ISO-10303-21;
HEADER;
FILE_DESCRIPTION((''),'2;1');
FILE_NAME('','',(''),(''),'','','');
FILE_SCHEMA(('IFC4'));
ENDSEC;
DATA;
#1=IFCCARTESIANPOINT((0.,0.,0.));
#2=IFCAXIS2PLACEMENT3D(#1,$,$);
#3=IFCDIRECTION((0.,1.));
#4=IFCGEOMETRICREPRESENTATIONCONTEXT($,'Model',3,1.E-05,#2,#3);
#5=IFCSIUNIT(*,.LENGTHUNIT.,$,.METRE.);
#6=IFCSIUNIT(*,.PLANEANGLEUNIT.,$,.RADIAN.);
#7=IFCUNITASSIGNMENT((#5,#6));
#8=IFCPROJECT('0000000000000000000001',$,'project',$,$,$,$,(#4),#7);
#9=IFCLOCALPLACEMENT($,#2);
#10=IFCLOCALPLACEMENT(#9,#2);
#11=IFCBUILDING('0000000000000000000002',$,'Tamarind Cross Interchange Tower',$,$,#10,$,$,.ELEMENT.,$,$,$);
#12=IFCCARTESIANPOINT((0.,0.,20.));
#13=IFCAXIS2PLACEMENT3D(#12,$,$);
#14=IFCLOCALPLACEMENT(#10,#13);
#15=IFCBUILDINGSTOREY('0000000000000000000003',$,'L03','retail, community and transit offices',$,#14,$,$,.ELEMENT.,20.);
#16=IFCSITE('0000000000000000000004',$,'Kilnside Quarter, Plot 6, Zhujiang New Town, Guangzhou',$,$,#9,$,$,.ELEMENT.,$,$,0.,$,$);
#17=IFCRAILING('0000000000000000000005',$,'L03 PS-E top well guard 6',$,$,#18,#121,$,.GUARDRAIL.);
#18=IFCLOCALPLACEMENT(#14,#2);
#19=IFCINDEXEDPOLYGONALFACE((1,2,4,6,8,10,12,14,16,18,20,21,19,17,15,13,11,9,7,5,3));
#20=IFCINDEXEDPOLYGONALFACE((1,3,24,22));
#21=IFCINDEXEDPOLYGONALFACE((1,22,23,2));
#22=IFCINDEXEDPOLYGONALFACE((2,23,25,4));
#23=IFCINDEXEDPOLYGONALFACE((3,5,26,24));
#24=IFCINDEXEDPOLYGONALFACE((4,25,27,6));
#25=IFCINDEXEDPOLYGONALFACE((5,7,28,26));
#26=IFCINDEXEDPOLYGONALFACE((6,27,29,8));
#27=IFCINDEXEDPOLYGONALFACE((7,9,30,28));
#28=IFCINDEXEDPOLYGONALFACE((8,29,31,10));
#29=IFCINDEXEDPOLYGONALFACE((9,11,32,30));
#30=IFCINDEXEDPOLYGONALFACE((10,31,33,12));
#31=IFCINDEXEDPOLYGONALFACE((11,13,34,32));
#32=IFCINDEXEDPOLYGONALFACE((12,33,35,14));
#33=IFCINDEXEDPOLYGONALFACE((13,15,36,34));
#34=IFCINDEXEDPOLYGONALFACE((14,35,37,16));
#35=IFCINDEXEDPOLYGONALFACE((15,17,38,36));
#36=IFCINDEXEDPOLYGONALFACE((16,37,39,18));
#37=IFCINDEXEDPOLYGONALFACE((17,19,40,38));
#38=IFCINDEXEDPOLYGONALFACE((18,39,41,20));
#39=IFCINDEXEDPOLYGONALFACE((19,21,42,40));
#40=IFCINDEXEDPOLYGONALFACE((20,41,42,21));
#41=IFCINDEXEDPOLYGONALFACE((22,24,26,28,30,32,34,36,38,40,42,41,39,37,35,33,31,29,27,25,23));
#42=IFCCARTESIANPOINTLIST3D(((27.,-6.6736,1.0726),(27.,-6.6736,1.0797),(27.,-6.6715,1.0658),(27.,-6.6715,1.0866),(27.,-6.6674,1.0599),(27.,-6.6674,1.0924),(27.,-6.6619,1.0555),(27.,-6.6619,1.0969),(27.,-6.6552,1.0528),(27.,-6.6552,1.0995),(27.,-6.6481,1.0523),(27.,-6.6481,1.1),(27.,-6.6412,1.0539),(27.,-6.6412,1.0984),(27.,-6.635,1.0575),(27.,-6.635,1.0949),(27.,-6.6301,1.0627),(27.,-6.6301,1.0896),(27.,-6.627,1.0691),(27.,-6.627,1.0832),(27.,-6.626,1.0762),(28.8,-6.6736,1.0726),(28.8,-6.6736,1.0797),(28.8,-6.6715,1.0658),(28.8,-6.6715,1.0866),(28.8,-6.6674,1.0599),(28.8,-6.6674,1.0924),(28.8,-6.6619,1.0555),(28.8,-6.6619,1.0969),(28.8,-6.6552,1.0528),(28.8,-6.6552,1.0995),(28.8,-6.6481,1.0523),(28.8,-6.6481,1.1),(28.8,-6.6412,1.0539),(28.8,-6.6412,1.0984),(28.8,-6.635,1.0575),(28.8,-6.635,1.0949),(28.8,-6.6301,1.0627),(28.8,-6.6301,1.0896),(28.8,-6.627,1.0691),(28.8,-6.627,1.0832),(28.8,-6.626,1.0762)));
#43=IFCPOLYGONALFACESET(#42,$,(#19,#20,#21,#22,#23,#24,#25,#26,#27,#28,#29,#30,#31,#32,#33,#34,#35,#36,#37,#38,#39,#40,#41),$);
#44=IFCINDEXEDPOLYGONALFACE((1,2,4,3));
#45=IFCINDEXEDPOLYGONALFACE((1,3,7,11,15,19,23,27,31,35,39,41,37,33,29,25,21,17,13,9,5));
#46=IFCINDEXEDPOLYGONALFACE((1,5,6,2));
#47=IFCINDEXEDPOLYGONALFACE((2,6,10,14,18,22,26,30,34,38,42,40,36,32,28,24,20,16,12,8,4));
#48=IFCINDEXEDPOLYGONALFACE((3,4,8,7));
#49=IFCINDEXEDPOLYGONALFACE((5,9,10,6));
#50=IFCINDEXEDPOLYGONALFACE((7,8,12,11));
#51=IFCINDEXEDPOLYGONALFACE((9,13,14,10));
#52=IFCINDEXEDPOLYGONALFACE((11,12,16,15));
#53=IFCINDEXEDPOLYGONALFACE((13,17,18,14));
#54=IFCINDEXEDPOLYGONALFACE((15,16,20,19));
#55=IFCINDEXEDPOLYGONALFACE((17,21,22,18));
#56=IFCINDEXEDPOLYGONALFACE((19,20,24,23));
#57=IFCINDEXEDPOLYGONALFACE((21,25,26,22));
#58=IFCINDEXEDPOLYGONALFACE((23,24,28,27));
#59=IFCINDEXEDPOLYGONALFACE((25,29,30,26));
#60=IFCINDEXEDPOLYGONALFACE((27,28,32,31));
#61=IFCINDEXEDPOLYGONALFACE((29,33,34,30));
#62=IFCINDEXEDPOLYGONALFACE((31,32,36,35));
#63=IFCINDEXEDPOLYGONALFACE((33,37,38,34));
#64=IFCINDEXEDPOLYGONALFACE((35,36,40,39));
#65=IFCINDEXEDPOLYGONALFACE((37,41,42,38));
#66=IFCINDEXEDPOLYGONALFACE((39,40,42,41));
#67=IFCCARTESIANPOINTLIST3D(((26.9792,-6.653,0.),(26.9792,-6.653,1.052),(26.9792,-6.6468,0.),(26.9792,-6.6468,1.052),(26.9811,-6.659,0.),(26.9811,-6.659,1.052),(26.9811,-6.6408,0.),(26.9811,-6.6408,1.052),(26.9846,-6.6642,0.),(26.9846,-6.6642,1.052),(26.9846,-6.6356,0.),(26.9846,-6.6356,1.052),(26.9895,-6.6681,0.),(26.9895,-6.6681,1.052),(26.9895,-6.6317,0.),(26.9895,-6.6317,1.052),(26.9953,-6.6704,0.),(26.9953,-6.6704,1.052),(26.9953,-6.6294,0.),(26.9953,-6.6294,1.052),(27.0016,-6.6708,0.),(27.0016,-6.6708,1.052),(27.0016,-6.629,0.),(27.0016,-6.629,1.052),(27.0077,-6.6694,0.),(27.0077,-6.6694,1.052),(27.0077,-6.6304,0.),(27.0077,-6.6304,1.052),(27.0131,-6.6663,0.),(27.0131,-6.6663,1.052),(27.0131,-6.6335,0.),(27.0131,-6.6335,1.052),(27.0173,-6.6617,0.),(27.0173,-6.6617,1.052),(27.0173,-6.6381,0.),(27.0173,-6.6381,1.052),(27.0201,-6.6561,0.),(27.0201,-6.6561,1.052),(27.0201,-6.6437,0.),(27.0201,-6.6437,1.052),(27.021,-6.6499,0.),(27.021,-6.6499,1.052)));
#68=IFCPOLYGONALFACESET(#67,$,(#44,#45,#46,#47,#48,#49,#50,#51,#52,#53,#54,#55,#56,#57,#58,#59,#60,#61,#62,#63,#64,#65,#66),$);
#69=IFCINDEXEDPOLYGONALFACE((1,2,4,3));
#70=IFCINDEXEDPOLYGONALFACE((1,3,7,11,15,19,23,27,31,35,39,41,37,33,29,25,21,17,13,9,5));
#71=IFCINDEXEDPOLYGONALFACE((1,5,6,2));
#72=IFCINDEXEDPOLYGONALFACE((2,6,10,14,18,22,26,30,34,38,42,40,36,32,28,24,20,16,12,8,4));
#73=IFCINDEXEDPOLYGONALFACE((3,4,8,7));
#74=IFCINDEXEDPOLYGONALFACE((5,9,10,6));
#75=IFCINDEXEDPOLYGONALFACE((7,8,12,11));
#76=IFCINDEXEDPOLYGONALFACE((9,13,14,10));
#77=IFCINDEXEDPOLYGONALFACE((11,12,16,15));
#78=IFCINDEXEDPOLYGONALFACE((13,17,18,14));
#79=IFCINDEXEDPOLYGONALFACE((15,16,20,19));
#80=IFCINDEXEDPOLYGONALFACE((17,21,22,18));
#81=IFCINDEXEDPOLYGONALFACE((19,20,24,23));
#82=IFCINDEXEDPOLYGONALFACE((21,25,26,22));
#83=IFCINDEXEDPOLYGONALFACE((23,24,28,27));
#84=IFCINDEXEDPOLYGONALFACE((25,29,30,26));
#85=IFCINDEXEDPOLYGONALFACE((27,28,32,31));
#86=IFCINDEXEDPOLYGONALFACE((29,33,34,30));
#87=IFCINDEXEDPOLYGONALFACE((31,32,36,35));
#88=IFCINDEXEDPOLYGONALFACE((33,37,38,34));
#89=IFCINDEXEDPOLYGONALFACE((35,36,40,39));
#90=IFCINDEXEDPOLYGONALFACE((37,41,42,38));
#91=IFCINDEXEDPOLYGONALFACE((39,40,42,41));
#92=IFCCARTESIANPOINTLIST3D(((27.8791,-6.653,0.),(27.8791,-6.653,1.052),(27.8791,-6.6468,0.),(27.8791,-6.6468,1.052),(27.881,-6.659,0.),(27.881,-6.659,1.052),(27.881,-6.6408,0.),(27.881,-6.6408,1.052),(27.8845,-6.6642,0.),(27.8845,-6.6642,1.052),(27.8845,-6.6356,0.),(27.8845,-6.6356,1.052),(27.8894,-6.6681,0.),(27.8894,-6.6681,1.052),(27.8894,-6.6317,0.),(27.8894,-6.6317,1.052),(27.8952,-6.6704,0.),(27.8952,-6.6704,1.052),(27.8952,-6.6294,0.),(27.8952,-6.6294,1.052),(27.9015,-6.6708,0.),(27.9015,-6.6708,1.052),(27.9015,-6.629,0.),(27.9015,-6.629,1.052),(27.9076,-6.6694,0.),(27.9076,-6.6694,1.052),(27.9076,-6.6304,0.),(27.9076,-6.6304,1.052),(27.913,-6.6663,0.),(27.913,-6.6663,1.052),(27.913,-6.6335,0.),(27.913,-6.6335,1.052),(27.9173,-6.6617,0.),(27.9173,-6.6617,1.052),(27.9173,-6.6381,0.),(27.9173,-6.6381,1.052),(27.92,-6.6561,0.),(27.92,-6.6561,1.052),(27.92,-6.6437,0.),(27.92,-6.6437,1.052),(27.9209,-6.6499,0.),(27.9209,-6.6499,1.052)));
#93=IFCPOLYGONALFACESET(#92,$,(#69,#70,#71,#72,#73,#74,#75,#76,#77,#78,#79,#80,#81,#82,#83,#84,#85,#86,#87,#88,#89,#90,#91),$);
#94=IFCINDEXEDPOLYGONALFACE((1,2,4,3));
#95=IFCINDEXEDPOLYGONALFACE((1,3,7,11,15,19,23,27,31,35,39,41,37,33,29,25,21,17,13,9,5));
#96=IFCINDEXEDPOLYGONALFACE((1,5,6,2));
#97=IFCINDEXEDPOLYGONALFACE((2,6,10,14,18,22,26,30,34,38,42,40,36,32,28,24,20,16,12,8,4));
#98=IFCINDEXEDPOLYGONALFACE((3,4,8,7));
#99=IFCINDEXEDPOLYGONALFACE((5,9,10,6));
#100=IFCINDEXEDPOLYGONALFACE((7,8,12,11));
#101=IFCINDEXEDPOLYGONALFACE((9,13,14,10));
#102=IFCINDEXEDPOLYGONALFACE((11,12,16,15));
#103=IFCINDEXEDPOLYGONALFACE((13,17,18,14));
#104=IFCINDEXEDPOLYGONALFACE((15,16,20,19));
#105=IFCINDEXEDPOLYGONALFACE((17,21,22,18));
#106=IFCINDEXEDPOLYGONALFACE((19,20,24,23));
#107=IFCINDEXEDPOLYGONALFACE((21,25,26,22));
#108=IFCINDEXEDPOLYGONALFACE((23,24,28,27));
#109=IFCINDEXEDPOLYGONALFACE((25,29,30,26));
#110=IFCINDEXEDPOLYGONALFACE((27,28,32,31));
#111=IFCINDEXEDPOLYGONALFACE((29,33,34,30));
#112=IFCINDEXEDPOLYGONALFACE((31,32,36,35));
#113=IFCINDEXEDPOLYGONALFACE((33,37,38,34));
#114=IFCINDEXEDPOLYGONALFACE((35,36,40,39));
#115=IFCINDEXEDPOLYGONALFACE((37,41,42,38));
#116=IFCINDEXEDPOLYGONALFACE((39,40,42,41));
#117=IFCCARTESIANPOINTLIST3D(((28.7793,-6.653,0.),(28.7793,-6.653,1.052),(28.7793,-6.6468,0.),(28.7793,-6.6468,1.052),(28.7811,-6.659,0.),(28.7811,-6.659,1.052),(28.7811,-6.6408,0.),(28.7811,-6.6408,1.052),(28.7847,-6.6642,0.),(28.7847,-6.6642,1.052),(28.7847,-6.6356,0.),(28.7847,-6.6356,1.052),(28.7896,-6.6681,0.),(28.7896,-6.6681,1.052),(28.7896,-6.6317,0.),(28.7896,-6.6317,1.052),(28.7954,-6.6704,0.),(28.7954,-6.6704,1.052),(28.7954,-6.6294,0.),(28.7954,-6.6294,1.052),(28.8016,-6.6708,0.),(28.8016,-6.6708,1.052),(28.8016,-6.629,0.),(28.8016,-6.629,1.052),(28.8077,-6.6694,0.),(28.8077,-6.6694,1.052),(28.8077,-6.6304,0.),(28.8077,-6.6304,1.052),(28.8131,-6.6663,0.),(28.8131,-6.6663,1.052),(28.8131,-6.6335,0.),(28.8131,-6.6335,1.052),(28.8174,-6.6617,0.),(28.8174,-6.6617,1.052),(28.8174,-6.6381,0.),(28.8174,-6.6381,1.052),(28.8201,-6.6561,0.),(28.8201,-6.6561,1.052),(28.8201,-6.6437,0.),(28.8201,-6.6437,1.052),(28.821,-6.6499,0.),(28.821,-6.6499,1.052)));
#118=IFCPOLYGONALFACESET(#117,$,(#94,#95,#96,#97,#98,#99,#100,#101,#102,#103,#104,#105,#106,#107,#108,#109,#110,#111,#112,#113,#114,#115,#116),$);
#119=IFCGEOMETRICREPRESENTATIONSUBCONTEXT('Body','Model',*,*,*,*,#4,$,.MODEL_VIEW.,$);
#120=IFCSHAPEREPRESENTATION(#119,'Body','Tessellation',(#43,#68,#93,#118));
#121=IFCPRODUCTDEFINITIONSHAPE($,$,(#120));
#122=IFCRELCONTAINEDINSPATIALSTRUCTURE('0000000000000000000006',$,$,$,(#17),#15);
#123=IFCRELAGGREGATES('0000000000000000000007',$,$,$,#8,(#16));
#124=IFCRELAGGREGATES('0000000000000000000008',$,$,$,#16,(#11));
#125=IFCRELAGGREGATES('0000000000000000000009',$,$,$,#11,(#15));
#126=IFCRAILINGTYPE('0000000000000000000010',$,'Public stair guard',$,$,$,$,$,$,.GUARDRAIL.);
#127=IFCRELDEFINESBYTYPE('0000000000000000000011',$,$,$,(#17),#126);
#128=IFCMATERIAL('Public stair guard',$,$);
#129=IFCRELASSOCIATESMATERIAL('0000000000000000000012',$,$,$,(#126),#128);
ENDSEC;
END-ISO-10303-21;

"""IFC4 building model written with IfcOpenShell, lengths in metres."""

from ifc_helpers import new_model, si_unit, direction, frame, origin, origin_2d, place, context, subcontext, project, spatial, circle, extrude, material, type_object, element, save


model = new_model("IFC4")

# Units and contexts
model_context = context("Model", 3, precision=1e-05, world=origin(), true_north=direction((0.0, 1.0)))
body_context = subcontext(model_context, "Body", "Model", "MODEL_VIEW")
ifc_project = project(units=[si_unit("LENGTHUNIT", "METRE"), si_unit("PLANEANGLEUNIT", "RADIAN")], contexts=[model_context])

# Site, building, storey
site_placement = place(None, origin())
site = spatial("IfcSite", under=ifc_project, at=site_placement, Name="Kilnside Quarter, Plot 6, Zhujiang New Town, Guangzhou", CompositionType="ELEMENT", RefElevation=0.0)
building_placement = place(site_placement, origin())
building = spatial("IfcBuilding", under=site, at=building_placement, Name="Tamarind Cross Interchange Tower", CompositionType="ELEMENT")
storey_placement = place(building_placement, frame((0.0, 0.0, 20.0)))
storey = spatial("IfcBuildingStorey", under=building, at=storey_placement, Name="L03", Description="retail, community and transit offices", CompositionType="ELEMENT", Elevation=20.0)

# Railing
ifc_material_1 = material(Name="Public stair guard")
railing_type_1 = type_object("IfcRailingType", Name="Public stair guard", PredefinedType="GUARDRAIL", material=ifc_material_1)
railing_1_placement = place(storey_placement, frame((27.0, -6.6499, 0.0)))
element("IfcRailing", 1, at=railing_1_placement, inside=storey, type_object=railing_type_1, Name="L03 PS-E top well guard 6", PredefinedType="GUARDRAIL", context=body_context, shape_type="SweptSolid", body=[
    extrude(circle(Radius=0.0239, at=origin_2d()), frame((0.0, 0.0, 1.0762), z_axis=(1.0, 0.0, 0.0), x_axis=(0.0, 1.0, 0.0)), (0.0, 0.0, 1.0), 1.8),
    extrude(circle(Radius=0.021, at=origin_2d()), origin(), (0.0, 0.0, 1.0), 1.052),
    extrude(circle(Radius=0.021, at=origin_2d()), frame((0.8999, 0.0, 0.0)), (0.0, 0.0, 1.0), 1.052),
    extrude(circle(Radius=0.021, at=origin_2d()), frame((1.8, 0.0, 0.0)), (0.0, 0.0, 1.0), 1.052),
])

save(model, "model.ifc")
